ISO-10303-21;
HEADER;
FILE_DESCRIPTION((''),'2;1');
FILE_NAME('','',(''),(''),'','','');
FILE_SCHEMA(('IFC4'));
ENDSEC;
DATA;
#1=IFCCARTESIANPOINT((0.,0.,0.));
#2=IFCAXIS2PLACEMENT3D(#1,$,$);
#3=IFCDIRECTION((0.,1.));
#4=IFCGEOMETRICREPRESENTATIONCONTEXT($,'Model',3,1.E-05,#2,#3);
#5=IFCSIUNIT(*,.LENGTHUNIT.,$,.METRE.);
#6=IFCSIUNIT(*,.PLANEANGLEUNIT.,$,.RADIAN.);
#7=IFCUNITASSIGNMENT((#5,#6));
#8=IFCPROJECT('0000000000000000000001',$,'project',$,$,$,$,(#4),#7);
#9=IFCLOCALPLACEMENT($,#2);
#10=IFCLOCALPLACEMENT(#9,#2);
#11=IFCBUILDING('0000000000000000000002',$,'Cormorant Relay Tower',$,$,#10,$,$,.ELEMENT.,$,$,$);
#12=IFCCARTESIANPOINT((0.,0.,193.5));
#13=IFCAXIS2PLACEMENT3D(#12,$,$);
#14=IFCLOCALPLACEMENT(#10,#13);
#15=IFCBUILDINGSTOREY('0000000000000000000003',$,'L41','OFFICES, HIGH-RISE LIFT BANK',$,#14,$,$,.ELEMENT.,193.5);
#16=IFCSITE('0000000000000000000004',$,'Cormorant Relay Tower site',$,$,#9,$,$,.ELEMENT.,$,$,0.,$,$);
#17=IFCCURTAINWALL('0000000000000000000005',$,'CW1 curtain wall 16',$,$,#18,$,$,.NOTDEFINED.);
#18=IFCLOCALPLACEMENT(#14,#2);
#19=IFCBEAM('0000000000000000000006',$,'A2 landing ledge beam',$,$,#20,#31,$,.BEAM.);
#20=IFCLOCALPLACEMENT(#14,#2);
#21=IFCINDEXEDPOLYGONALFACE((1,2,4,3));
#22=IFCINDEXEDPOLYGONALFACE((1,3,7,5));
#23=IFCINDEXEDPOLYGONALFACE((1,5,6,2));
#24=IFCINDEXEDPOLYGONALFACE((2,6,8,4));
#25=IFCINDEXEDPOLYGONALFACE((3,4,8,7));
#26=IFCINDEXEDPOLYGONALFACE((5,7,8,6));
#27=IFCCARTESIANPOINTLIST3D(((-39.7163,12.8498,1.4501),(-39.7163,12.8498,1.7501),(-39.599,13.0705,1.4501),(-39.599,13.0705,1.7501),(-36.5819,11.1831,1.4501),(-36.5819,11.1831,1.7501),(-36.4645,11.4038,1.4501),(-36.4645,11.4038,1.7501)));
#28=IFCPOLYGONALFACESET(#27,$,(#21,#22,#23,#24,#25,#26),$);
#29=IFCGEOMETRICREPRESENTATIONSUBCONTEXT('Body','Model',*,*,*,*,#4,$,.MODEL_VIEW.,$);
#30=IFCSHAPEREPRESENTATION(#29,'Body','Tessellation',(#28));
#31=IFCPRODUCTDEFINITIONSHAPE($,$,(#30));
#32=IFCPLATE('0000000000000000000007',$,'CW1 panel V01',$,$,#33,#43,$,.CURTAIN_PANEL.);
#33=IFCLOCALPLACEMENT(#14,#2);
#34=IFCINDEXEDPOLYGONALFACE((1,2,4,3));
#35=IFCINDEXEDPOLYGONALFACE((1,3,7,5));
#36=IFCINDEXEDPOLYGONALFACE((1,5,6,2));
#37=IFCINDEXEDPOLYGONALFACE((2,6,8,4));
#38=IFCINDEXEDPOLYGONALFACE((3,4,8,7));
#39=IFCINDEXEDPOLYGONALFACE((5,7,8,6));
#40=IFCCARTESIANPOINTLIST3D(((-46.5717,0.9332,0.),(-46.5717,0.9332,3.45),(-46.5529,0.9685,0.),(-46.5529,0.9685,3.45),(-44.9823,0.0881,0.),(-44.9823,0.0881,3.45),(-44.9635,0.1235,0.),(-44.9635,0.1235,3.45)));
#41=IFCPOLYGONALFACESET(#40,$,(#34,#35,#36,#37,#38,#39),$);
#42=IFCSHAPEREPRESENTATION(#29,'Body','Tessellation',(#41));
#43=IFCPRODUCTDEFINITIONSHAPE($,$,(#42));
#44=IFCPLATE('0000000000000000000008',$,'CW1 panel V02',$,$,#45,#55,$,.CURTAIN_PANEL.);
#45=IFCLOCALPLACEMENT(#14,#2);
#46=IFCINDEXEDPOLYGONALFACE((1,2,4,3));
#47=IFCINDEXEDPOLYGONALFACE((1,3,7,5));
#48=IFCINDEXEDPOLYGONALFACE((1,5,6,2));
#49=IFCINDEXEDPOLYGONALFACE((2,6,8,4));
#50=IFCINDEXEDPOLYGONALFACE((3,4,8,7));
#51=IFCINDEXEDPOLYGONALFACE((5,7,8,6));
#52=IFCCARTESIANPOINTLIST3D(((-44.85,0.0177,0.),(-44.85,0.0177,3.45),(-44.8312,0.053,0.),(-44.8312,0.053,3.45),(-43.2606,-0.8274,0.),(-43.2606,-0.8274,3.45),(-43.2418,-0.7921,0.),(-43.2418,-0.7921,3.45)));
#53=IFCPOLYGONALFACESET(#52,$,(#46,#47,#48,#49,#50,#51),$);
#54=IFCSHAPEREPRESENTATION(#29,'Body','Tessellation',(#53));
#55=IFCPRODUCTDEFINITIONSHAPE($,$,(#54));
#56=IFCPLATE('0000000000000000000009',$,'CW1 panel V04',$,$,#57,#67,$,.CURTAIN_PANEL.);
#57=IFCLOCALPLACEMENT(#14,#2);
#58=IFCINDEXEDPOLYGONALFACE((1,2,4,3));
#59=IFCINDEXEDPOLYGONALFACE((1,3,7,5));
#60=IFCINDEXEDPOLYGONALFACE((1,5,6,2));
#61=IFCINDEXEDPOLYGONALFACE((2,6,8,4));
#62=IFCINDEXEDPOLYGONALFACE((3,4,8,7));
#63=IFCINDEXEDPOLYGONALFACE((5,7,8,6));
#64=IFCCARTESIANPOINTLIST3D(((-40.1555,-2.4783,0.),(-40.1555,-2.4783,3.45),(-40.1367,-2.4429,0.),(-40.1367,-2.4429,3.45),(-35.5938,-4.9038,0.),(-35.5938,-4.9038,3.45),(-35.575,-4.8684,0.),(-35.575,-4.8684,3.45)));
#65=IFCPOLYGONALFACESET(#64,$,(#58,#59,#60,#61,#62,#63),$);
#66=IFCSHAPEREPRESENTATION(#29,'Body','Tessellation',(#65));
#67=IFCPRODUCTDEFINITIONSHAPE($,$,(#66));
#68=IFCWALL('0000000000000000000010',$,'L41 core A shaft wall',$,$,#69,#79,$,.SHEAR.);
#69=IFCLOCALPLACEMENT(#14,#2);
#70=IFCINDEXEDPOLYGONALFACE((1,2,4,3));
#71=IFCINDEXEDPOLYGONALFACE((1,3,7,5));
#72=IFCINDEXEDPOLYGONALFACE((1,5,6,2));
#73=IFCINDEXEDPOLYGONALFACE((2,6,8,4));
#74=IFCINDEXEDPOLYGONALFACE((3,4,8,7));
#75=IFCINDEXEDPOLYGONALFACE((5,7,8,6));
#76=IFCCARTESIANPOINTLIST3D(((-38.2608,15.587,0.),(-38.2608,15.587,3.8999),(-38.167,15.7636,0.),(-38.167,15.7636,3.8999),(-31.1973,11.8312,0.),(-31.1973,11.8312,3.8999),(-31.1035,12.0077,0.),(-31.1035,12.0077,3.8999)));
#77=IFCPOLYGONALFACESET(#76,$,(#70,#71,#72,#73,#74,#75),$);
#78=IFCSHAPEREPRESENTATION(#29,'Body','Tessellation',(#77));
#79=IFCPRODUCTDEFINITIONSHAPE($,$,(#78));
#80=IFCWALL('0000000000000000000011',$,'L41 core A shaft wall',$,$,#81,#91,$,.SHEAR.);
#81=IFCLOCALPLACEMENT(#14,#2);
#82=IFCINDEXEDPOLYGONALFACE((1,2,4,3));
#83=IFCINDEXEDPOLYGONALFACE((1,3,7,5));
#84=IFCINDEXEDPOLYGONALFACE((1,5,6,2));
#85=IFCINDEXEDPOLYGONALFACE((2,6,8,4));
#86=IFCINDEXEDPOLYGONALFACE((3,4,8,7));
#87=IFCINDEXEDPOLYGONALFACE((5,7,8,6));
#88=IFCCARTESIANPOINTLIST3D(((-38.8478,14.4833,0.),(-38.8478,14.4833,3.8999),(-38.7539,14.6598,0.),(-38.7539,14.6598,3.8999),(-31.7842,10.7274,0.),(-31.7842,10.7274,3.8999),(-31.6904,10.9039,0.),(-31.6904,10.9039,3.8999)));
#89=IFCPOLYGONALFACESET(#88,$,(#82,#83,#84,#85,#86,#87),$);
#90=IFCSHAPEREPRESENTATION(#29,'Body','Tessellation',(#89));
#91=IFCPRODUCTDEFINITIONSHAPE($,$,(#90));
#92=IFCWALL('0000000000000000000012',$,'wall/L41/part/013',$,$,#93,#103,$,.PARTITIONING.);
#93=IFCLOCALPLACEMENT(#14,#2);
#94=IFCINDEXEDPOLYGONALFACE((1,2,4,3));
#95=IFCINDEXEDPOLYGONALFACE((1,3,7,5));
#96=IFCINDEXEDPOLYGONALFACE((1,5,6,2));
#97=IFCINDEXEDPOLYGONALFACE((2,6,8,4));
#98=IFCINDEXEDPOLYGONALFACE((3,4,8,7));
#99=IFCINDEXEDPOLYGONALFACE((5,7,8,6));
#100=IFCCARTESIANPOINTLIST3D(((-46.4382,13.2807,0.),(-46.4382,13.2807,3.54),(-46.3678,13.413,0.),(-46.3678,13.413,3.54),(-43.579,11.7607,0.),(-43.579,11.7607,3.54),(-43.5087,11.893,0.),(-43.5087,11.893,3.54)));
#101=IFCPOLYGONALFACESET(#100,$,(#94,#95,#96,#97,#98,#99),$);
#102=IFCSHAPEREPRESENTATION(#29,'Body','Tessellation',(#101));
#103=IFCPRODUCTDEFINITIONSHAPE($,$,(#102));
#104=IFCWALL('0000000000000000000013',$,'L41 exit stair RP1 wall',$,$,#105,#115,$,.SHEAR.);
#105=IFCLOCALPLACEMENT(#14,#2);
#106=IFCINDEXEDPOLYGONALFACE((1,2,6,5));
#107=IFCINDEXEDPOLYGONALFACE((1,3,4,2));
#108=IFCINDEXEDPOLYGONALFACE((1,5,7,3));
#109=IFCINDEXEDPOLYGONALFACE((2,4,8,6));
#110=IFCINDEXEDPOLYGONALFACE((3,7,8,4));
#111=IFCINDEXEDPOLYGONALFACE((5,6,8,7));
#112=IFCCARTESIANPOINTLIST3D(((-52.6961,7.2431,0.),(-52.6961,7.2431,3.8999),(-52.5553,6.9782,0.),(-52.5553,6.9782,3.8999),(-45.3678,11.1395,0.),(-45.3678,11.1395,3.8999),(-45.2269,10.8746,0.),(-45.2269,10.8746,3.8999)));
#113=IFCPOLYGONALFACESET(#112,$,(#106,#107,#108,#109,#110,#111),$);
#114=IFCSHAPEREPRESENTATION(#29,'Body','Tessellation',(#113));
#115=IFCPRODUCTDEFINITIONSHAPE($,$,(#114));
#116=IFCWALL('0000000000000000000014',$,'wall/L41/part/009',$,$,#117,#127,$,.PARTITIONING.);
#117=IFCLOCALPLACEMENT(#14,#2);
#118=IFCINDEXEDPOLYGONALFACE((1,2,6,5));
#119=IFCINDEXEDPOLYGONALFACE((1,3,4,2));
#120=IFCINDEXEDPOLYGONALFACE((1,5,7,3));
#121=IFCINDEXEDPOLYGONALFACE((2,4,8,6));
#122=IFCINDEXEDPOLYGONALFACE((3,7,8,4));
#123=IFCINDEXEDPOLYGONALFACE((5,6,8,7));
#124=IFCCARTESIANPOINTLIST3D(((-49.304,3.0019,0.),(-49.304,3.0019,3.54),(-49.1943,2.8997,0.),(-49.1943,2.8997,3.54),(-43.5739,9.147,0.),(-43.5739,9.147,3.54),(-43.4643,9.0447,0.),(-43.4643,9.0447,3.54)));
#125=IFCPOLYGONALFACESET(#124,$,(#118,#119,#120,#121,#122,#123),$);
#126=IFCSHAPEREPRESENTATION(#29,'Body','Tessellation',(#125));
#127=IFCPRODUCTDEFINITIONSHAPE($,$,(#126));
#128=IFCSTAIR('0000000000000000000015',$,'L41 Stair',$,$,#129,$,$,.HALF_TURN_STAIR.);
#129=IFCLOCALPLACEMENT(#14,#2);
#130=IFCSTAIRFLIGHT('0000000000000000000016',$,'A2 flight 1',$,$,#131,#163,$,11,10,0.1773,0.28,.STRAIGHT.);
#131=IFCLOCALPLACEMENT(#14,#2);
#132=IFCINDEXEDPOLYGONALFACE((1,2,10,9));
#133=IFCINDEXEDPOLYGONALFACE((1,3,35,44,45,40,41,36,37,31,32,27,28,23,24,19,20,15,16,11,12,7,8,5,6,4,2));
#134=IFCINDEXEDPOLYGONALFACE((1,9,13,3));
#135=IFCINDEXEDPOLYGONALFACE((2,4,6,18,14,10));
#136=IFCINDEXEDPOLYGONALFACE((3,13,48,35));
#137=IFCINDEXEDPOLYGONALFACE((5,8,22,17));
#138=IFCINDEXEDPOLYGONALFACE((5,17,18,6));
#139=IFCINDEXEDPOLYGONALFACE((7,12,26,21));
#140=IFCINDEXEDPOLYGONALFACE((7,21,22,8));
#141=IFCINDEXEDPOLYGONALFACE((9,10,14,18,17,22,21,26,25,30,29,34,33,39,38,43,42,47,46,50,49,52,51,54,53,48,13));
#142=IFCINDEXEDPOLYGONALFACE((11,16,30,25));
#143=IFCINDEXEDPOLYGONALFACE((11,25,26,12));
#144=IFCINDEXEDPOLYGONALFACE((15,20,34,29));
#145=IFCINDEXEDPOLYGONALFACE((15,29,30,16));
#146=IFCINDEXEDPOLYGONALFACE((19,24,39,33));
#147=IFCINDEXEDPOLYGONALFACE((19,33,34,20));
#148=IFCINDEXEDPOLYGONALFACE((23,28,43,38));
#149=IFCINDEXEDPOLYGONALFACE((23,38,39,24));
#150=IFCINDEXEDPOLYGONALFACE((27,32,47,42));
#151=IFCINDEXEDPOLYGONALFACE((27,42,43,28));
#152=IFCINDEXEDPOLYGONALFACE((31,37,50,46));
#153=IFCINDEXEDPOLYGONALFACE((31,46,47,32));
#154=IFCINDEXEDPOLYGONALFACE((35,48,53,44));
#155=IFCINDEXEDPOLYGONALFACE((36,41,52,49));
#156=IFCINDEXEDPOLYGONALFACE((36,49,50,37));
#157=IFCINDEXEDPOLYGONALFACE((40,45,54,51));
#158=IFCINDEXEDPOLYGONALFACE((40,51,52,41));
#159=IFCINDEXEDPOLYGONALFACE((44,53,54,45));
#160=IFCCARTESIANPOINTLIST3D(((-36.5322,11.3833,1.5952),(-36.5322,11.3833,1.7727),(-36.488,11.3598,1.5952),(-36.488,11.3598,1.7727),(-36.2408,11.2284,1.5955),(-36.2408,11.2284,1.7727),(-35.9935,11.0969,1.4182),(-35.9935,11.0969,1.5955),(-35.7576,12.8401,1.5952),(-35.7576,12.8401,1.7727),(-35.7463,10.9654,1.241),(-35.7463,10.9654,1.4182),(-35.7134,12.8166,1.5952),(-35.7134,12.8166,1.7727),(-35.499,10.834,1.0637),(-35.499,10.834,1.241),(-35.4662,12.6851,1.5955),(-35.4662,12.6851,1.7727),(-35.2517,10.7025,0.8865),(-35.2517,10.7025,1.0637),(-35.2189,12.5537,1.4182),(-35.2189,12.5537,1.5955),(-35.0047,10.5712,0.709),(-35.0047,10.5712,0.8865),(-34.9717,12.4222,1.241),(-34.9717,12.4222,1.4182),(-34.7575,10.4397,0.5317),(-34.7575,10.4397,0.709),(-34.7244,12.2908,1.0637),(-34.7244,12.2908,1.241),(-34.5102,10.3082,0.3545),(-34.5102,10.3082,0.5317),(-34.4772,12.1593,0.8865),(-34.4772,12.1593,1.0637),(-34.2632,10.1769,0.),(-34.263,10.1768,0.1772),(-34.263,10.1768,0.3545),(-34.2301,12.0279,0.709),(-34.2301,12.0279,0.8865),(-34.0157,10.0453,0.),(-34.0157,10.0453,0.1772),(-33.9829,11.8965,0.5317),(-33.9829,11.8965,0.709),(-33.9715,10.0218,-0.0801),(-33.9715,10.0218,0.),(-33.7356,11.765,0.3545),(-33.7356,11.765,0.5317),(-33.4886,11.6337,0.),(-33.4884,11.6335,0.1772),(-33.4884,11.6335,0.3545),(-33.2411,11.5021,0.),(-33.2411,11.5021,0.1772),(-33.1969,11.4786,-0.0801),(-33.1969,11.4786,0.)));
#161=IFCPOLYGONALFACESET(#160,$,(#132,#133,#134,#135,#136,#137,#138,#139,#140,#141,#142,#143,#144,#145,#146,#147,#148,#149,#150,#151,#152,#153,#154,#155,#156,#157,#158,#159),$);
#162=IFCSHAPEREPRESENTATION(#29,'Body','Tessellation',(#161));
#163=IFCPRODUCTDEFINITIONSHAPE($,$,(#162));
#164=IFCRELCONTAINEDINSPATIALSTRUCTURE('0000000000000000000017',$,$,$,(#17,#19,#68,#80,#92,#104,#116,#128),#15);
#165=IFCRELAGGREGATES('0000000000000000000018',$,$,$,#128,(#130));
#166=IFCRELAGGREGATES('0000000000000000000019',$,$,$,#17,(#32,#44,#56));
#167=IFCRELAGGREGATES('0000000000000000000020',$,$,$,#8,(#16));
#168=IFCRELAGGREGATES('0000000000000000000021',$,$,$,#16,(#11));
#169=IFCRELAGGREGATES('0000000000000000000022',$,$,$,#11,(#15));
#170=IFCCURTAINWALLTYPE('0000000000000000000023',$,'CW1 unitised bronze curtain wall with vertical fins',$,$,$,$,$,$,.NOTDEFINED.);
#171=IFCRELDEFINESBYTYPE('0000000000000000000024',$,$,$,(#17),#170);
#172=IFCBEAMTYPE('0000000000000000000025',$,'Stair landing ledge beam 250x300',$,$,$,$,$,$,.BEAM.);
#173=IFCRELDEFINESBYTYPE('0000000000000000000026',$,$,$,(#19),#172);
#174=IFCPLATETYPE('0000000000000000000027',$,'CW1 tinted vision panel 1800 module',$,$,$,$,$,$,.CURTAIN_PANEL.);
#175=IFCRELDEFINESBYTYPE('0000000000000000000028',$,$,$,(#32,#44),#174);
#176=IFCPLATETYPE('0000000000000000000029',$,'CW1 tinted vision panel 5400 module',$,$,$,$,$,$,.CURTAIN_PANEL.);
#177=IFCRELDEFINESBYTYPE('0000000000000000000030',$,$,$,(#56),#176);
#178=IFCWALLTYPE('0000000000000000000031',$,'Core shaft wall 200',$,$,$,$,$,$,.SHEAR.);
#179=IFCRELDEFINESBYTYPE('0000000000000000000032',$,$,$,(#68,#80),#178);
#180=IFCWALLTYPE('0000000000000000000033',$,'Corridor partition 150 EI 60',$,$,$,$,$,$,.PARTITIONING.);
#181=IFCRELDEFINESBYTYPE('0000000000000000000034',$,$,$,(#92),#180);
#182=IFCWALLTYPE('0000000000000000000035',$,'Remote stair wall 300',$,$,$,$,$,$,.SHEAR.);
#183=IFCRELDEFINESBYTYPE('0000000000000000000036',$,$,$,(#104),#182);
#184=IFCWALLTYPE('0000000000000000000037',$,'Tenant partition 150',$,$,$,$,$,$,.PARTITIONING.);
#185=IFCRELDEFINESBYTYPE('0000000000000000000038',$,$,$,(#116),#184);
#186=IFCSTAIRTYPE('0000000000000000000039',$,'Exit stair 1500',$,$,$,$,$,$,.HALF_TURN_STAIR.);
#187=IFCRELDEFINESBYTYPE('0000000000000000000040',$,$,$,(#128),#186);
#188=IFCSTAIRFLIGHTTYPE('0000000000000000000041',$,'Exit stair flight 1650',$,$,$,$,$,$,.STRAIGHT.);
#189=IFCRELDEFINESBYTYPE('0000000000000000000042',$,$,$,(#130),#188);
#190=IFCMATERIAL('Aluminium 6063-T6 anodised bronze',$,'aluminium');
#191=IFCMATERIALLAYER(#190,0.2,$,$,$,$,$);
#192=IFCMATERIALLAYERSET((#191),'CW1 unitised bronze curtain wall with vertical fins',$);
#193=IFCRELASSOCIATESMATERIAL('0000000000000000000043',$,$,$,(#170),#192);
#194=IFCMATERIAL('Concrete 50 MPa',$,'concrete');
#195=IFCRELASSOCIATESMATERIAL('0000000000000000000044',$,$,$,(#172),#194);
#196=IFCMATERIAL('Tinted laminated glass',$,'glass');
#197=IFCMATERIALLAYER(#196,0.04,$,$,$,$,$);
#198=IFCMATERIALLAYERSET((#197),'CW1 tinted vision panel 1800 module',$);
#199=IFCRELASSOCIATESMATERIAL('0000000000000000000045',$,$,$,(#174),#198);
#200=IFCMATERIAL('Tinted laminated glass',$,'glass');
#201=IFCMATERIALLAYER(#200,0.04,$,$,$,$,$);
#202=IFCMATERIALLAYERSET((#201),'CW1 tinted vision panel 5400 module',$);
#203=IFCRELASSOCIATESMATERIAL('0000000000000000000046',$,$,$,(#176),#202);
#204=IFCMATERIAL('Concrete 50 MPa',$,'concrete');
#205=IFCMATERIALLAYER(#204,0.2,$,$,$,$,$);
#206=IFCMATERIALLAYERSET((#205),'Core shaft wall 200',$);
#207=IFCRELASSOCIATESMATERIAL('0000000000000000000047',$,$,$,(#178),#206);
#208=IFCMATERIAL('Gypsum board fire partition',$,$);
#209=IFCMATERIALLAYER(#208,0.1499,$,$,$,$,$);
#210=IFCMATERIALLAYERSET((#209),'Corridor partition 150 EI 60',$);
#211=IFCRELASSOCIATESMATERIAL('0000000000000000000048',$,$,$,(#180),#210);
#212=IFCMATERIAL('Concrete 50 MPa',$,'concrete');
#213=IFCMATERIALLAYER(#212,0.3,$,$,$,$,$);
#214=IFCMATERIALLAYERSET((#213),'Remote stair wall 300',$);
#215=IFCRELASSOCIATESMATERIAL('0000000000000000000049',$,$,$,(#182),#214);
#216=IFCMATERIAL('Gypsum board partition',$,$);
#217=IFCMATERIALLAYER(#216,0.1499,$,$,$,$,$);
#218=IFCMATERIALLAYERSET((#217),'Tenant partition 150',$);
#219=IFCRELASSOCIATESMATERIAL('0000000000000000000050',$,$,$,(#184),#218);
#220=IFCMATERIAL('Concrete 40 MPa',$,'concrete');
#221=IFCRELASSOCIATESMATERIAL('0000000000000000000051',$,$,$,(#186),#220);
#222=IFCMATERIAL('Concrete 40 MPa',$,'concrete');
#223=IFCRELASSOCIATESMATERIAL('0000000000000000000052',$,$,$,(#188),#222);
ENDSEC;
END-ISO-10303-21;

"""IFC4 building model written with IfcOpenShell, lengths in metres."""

from ifc_helpers import new_model, si_unit, direction, frame, frame_2d, origin, origin_2d, place, context, subcontext, project, spatial, polyline, rectangle, outline, extrude, material, layer, layer_set, material_profile, profile_set, type_object, element, aggregate, save


model = new_model("IFC4")

# Units and contexts
model_context = context("Model", 3, precision=1e-05, world=origin(), true_north=direction((0.0, 1.0)))
body_context = subcontext(model_context, "Body", "Model", "MODEL_VIEW")
ifc_project = project(units=[si_unit("LENGTHUNIT", "METRE"), si_unit("PLANEANGLEUNIT", "RADIAN")], contexts=[model_context])

# Site, building, storey
site_placement = place(None, origin())
site = spatial("IfcSite", under=ifc_project, at=site_placement, Name="Cormorant Relay Tower site", CompositionType="ELEMENT", RefElevation=0.0)
building_placement = place(site_placement, origin())
building = spatial("IfcBuilding", under=site, at=building_placement, Name="Cormorant Relay Tower", CompositionType="ELEMENT")
storey_placement = place(building_placement, frame((0.0, 0.0, 193.5)))
storey = spatial("IfcBuildingStorey", under=building, at=storey_placement, Name="L41", Description="OFFICES, HIGH-RISE LIFT BANK", CompositionType="ELEMENT", Elevation=193.5)

# Curtain wall
ifc_material_1 = material(Name="Aluminium 6063-T6 anodised bronze", Category="aluminium")
ifc_layer_1 = layer(ifc_material_1, 0.2)
ifc_layer_set_1 = layer_set([ifc_layer_1], Name="CW1 unitised bronze curtain wall with vertical fins")
curtain_wall_type = type_object("IfcCurtainWallType", Name="CW1 unitised bronze curtain wall with vertical fins", PredefinedType="NOTDEFINED", material=ifc_layer_set_1)
curtain_wall_placement = place(storey_placement, origin())
curtain_wall = element("IfcCurtainWall", 1, at=curtain_wall_placement, inside=storey, type_object=curtain_wall_type, Name="CW1 curtain wall 16", PredefinedType="NOTDEFINED")

# Beam
ifc_material_2 = material(Name="Concrete 50 MPa", Category="concrete")
ifc_material_profile_1 = material_profile(ifc_material_2, rectangle(XDim=0.25, YDim=0.3, at=origin_2d()), Name="RC 250x300")
ifc_profile_set_1 = profile_set([ifc_material_profile_1], Name="Concrete 50 MPa")
beam_type_1 = type_object("IfcBeamType", Name="Stair landing ledge beam 250x300", PredefinedType="BEAM", material=ifc_profile_set_1)
beam_1_placement = place(storey_placement, frame((-36.5232, 11.2935, 1.6001), z_axis=(-0.882937, 0.469492, 0.0), x_axis=(-0.469492, -0.882937, 0.0)))
element("IfcBeam", 2, at=beam_1_placement, inside=storey, type_object=beam_type_1, Name="A2 landing ledge beam", PredefinedType="BEAM", context=body_context, shape_type="SweptSolid", body=[
    extrude(rectangle(XDim=0.25, YDim=0.3, at=origin_2d()), origin(), (0.0, 0.0, 1.0), 3.55),
])

# Plates
ifc_material_3 = material(Name="Tinted laminated glass", Category="glass")
ifc_layer_2 = layer(ifc_material_3, 0.04)
ifc_layer_set_2 = layer_set([ifc_layer_2], Name="CW1 tinted vision panel 1800 module")
plate_type_1 = type_object("IfcPlateType", Name="CW1 tinted vision panel 1800 module", PredefinedType="CURTAIN_PANEL", material=ifc_layer_set_2)
plate_1_placement = place(storey_placement, frame((-45.7676, 0.5283, 0.0), z_axis=(0.0, 0.0, 1.0), x_axis=(0.882948, -0.469472, 0.0)))
plate_1 = element("IfcPlate", 3, at=plate_1_placement, type_object=plate_type_1, Name="CW1 panel V01", PredefinedType="CURTAIN_PANEL", context=body_context, shape_type="SweptSolid", body=[
    extrude(rectangle(XDim=1.8, YDim=0.04, at=origin_2d()), origin(), (0.0, 0.0, 1.0), 3.45),
])
plate_2_placement = place(storey_placement, frame((-44.0459, -0.3872, 0.0), z_axis=(0.0, 0.0, 1.0), x_axis=(0.882948, -0.469472, 0.0)))
plate_2 = element("IfcPlate", 4, at=plate_2_placement, type_object=plate_type_1, Name="CW1 panel V02", PredefinedType="CURTAIN_PANEL", context=body_context, shape_type="SweptSolid", body=[
    extrude(rectangle(XDim=1.8, YDim=0.04, at=origin_2d()), origin(), (0.0, 0.0, 1.0), 3.45),
])
ifc_material_4 = material(Name="Tinted laminated glass", Category="glass")
ifc_layer_3 = layer(ifc_material_4, 0.04)
ifc_layer_set_3 = layer_set([ifc_layer_3], Name="CW1 tinted vision panel 5400 module")
plate_type_2 = type_object("IfcPlateType", Name="CW1 tinted vision panel 5400 module", PredefinedType="CURTAIN_PANEL", material=ifc_layer_set_3)
plate_3_placement = place(storey_placement, frame((-37.8652, -3.6733, 0.0), z_axis=(0.0, 0.0, 1.0), x_axis=(0.882948, -0.469472, 0.0)))
plate_3 = element("IfcPlate", 5, at=plate_3_placement, type_object=plate_type_2, Name="CW1 panel V04", PredefinedType="CURTAIN_PANEL", context=body_context, shape_type="SweptSolid", body=[
    extrude(rectangle(XDim=5.1665, YDim=0.04, at=origin_2d()), origin(), (0.0, 0.0, 1.0), 3.45),
])

# Walls
ifc_material_5 = material(Name="Concrete 50 MPa", Category="concrete")
ifc_layer_4 = layer(ifc_material_5, 0.2)
ifc_layer_set_4 = layer_set([ifc_layer_4], Name="Core shaft wall 200")
wall_type_1 = type_object("IfcWallType", Name="Core shaft wall 200", PredefinedType="SHEAR", material=ifc_layer_set_4)
for number, where, z_axis, x_axis, name in (
    (6, (-31.1504, 11.9194, 0.0), (0.0, 0.0, 1.0), (-0.88294, 0.469485, 0.0), "L41 core A shaft wall"),
    (7, (-31.7373, 10.8157, 0.0), (0.0, 0.0, 1.0), (-0.88294, 0.469485, 0.0), "L41 core A shaft wall"),
):
    element("IfcWall", number, at=place(storey_placement, frame(where, z_axis=z_axis, x_axis=x_axis)), inside=storey, type_object=wall_type_1, Name=name, PredefinedType="SHEAR", context=body_context, shape_type="SweptSolid", body=[
        extrude(rectangle(XDim=8.0, YDim=0.2, at=frame_2d((4.0, 0.0))), origin(), (0.0, 0.0, 1.0), 3.8999),
    ])
ifc_material_6 = material(Name="Gypsum board fire partition")
ifc_layer_5 = layer(ifc_material_6, 0.1499)
ifc_layer_set_5 = layer_set([ifc_layer_5], Name="Corridor partition 150 EI 60")
wall_type_2 = type_object("IfcWallType", Name="Corridor partition 150 EI 60", PredefinedType="PARTITIONING", material=ifc_layer_set_5)
wall_1_placement = place(storey_placement, frame((-46.4031, 13.3469, 0.0), z_axis=(0.0, 0.0, 1.0), x_axis=(0.882974, -0.469422, 0.0)))
element("IfcWall", 8, at=wall_1_placement, inside=storey, type_object=wall_type_2, Name="wall/L41/part/013", PredefinedType="PARTITIONING", context=body_context, shape_type="SweptSolid", body=[
    extrude(rectangle(XDim=3.238, YDim=0.1499, at=frame_2d((1.6191, 0.0))), origin(), (0.0, 0.0, 1.0), 3.54),
])
ifc_material_7 = material(Name="Concrete 50 MPa", Category="concrete")
ifc_layer_6 = layer(ifc_material_7, 0.3)
ifc_layer_set_6 = layer_set([ifc_layer_6], Name="Remote stair wall 300")
wall_type_3 = type_object("IfcWallType", Name="Remote stair wall 300", PredefinedType="SHEAR", material=ifc_layer_set_6)
wall_2_placement = place(storey_placement, frame((-45.2974, 11.0071, 0.0), z_axis=(0.0, 0.0, 1.0), x_axis=(-0.882952, -0.469464, 0.0)))
element("IfcWall", 9, at=wall_2_placement, inside=storey, type_object=wall_type_3, Name="L41 exit stair RP1 wall", PredefinedType="SHEAR", context=body_context, shape_type="SweptSolid", body=[
    extrude(rectangle(XDim=8.2998, YDim=0.3, at=frame_2d((4.1499, 0.0))), origin(), (0.0, 0.0, 1.0), 3.8999),
])
ifc_material_8 = material(Name="Gypsum board partition")
ifc_layer_7 = layer(ifc_material_8, 0.1499)
ifc_layer_set_7 = layer_set([ifc_layer_7], Name="Tenant partition 150")
wall_type_4 = type_object("IfcWallType", Name="Tenant partition 150", PredefinedType="PARTITIONING", material=ifc_layer_set_7)
wall_3_placement = place(storey_placement, frame((-43.519, 9.0959, 0.0), z_axis=(0.0, 0.0, 1.0), x_axis=(-0.681977, -0.731374, 0.0)))
element("IfcWall", 10, at=wall_3_placement, inside=storey, type_object=wall_type_4, Name="wall/L41/part/009", PredefinedType="PARTITIONING", context=body_context, shape_type="SweptSolid", body=[
    extrude(rectangle(XDim=8.4021, YDim=0.1499, at=frame_2d((4.2012, 0.0))), origin(), (0.0, 0.0, 1.0), 3.54),
])

# Stair, stair flight
ifc_material_9 = material(Name="Concrete 40 MPa", Category="concrete")
stair_type = type_object("IfcStairType", Name="Exit stair 1500", PredefinedType="HALF_TURN_STAIR", material=ifc_material_9)
stair_placement = place(storey_placement, origin())
stair = element("IfcStair", 11, at=stair_placement, inside=storey, type_object=stair_type, Name="L41 Stair", PredefinedType="HALF_TURN_STAIR")
ifc_material_10 = material(Name="Concrete 40 MPa", Category="concrete")
stair_flight_type = type_object("IfcStairFlightType", Name="Exit stair flight 1650", PredefinedType="STRAIGHT", material=ifc_material_10)
stair_flight_1_placement = place(storey_placement, frame((-33.6284, 10.7737, 0.0), z_axis=(0.0, 0.0, 1.0), x_axis=(-0.882948, 0.469472, 0.0)))
stair_flight_1 = element("IfcStairFlight", 12, at=stair_flight_1_placement, type_object=stair_flight_type, Name="A2 flight 1", NumberOfRisers=11, NumberOfTreads=10, PredefinedType="STRAIGHT", RiserHeight=0.1773, TreadLength=0.28, context=body_context, shape_type="SweptSolid", body=[
    extrude(outline(polyline([(-0.05, -0.0801), (-0.05, 0.0), (0.0, 0.0), (0.0, 0.1772), (0.28, 0.1772), (0.28, 0.3545), (0.5601, 0.3545), (0.5601, 0.5317), (0.8401, 0.5317), (0.8401, 0.709), (1.1201, 0.709), (1.1201, 0.8865), (1.3999, 0.8865), (1.3999, 1.0637), (1.6799, 1.0637), (1.6799, 1.241), (1.96, 1.241), (1.96, 1.4182), (2.24, 1.4182), (2.24, 1.5955), (2.52, 1.5955), (2.52, 1.7727), (2.8, 1.7727), (2.8501, 1.7727), (2.8501, 1.5952), (2.8, 1.5952), (0.2803, 0.0), (-0.05, -0.0801)])), frame((0.0, 0.825, 0.0), z_axis=(0.0, -1.0, 0.0), x_axis=(1.0, 0.0, 0.0)), (0.0, 0.0, 1.0), 1.6499),
])
aggregate(stair, [stair_flight_1])

aggregate(curtain_wall, [plate_1, plate_2, plate_3])

save(model, "model.ifc")
